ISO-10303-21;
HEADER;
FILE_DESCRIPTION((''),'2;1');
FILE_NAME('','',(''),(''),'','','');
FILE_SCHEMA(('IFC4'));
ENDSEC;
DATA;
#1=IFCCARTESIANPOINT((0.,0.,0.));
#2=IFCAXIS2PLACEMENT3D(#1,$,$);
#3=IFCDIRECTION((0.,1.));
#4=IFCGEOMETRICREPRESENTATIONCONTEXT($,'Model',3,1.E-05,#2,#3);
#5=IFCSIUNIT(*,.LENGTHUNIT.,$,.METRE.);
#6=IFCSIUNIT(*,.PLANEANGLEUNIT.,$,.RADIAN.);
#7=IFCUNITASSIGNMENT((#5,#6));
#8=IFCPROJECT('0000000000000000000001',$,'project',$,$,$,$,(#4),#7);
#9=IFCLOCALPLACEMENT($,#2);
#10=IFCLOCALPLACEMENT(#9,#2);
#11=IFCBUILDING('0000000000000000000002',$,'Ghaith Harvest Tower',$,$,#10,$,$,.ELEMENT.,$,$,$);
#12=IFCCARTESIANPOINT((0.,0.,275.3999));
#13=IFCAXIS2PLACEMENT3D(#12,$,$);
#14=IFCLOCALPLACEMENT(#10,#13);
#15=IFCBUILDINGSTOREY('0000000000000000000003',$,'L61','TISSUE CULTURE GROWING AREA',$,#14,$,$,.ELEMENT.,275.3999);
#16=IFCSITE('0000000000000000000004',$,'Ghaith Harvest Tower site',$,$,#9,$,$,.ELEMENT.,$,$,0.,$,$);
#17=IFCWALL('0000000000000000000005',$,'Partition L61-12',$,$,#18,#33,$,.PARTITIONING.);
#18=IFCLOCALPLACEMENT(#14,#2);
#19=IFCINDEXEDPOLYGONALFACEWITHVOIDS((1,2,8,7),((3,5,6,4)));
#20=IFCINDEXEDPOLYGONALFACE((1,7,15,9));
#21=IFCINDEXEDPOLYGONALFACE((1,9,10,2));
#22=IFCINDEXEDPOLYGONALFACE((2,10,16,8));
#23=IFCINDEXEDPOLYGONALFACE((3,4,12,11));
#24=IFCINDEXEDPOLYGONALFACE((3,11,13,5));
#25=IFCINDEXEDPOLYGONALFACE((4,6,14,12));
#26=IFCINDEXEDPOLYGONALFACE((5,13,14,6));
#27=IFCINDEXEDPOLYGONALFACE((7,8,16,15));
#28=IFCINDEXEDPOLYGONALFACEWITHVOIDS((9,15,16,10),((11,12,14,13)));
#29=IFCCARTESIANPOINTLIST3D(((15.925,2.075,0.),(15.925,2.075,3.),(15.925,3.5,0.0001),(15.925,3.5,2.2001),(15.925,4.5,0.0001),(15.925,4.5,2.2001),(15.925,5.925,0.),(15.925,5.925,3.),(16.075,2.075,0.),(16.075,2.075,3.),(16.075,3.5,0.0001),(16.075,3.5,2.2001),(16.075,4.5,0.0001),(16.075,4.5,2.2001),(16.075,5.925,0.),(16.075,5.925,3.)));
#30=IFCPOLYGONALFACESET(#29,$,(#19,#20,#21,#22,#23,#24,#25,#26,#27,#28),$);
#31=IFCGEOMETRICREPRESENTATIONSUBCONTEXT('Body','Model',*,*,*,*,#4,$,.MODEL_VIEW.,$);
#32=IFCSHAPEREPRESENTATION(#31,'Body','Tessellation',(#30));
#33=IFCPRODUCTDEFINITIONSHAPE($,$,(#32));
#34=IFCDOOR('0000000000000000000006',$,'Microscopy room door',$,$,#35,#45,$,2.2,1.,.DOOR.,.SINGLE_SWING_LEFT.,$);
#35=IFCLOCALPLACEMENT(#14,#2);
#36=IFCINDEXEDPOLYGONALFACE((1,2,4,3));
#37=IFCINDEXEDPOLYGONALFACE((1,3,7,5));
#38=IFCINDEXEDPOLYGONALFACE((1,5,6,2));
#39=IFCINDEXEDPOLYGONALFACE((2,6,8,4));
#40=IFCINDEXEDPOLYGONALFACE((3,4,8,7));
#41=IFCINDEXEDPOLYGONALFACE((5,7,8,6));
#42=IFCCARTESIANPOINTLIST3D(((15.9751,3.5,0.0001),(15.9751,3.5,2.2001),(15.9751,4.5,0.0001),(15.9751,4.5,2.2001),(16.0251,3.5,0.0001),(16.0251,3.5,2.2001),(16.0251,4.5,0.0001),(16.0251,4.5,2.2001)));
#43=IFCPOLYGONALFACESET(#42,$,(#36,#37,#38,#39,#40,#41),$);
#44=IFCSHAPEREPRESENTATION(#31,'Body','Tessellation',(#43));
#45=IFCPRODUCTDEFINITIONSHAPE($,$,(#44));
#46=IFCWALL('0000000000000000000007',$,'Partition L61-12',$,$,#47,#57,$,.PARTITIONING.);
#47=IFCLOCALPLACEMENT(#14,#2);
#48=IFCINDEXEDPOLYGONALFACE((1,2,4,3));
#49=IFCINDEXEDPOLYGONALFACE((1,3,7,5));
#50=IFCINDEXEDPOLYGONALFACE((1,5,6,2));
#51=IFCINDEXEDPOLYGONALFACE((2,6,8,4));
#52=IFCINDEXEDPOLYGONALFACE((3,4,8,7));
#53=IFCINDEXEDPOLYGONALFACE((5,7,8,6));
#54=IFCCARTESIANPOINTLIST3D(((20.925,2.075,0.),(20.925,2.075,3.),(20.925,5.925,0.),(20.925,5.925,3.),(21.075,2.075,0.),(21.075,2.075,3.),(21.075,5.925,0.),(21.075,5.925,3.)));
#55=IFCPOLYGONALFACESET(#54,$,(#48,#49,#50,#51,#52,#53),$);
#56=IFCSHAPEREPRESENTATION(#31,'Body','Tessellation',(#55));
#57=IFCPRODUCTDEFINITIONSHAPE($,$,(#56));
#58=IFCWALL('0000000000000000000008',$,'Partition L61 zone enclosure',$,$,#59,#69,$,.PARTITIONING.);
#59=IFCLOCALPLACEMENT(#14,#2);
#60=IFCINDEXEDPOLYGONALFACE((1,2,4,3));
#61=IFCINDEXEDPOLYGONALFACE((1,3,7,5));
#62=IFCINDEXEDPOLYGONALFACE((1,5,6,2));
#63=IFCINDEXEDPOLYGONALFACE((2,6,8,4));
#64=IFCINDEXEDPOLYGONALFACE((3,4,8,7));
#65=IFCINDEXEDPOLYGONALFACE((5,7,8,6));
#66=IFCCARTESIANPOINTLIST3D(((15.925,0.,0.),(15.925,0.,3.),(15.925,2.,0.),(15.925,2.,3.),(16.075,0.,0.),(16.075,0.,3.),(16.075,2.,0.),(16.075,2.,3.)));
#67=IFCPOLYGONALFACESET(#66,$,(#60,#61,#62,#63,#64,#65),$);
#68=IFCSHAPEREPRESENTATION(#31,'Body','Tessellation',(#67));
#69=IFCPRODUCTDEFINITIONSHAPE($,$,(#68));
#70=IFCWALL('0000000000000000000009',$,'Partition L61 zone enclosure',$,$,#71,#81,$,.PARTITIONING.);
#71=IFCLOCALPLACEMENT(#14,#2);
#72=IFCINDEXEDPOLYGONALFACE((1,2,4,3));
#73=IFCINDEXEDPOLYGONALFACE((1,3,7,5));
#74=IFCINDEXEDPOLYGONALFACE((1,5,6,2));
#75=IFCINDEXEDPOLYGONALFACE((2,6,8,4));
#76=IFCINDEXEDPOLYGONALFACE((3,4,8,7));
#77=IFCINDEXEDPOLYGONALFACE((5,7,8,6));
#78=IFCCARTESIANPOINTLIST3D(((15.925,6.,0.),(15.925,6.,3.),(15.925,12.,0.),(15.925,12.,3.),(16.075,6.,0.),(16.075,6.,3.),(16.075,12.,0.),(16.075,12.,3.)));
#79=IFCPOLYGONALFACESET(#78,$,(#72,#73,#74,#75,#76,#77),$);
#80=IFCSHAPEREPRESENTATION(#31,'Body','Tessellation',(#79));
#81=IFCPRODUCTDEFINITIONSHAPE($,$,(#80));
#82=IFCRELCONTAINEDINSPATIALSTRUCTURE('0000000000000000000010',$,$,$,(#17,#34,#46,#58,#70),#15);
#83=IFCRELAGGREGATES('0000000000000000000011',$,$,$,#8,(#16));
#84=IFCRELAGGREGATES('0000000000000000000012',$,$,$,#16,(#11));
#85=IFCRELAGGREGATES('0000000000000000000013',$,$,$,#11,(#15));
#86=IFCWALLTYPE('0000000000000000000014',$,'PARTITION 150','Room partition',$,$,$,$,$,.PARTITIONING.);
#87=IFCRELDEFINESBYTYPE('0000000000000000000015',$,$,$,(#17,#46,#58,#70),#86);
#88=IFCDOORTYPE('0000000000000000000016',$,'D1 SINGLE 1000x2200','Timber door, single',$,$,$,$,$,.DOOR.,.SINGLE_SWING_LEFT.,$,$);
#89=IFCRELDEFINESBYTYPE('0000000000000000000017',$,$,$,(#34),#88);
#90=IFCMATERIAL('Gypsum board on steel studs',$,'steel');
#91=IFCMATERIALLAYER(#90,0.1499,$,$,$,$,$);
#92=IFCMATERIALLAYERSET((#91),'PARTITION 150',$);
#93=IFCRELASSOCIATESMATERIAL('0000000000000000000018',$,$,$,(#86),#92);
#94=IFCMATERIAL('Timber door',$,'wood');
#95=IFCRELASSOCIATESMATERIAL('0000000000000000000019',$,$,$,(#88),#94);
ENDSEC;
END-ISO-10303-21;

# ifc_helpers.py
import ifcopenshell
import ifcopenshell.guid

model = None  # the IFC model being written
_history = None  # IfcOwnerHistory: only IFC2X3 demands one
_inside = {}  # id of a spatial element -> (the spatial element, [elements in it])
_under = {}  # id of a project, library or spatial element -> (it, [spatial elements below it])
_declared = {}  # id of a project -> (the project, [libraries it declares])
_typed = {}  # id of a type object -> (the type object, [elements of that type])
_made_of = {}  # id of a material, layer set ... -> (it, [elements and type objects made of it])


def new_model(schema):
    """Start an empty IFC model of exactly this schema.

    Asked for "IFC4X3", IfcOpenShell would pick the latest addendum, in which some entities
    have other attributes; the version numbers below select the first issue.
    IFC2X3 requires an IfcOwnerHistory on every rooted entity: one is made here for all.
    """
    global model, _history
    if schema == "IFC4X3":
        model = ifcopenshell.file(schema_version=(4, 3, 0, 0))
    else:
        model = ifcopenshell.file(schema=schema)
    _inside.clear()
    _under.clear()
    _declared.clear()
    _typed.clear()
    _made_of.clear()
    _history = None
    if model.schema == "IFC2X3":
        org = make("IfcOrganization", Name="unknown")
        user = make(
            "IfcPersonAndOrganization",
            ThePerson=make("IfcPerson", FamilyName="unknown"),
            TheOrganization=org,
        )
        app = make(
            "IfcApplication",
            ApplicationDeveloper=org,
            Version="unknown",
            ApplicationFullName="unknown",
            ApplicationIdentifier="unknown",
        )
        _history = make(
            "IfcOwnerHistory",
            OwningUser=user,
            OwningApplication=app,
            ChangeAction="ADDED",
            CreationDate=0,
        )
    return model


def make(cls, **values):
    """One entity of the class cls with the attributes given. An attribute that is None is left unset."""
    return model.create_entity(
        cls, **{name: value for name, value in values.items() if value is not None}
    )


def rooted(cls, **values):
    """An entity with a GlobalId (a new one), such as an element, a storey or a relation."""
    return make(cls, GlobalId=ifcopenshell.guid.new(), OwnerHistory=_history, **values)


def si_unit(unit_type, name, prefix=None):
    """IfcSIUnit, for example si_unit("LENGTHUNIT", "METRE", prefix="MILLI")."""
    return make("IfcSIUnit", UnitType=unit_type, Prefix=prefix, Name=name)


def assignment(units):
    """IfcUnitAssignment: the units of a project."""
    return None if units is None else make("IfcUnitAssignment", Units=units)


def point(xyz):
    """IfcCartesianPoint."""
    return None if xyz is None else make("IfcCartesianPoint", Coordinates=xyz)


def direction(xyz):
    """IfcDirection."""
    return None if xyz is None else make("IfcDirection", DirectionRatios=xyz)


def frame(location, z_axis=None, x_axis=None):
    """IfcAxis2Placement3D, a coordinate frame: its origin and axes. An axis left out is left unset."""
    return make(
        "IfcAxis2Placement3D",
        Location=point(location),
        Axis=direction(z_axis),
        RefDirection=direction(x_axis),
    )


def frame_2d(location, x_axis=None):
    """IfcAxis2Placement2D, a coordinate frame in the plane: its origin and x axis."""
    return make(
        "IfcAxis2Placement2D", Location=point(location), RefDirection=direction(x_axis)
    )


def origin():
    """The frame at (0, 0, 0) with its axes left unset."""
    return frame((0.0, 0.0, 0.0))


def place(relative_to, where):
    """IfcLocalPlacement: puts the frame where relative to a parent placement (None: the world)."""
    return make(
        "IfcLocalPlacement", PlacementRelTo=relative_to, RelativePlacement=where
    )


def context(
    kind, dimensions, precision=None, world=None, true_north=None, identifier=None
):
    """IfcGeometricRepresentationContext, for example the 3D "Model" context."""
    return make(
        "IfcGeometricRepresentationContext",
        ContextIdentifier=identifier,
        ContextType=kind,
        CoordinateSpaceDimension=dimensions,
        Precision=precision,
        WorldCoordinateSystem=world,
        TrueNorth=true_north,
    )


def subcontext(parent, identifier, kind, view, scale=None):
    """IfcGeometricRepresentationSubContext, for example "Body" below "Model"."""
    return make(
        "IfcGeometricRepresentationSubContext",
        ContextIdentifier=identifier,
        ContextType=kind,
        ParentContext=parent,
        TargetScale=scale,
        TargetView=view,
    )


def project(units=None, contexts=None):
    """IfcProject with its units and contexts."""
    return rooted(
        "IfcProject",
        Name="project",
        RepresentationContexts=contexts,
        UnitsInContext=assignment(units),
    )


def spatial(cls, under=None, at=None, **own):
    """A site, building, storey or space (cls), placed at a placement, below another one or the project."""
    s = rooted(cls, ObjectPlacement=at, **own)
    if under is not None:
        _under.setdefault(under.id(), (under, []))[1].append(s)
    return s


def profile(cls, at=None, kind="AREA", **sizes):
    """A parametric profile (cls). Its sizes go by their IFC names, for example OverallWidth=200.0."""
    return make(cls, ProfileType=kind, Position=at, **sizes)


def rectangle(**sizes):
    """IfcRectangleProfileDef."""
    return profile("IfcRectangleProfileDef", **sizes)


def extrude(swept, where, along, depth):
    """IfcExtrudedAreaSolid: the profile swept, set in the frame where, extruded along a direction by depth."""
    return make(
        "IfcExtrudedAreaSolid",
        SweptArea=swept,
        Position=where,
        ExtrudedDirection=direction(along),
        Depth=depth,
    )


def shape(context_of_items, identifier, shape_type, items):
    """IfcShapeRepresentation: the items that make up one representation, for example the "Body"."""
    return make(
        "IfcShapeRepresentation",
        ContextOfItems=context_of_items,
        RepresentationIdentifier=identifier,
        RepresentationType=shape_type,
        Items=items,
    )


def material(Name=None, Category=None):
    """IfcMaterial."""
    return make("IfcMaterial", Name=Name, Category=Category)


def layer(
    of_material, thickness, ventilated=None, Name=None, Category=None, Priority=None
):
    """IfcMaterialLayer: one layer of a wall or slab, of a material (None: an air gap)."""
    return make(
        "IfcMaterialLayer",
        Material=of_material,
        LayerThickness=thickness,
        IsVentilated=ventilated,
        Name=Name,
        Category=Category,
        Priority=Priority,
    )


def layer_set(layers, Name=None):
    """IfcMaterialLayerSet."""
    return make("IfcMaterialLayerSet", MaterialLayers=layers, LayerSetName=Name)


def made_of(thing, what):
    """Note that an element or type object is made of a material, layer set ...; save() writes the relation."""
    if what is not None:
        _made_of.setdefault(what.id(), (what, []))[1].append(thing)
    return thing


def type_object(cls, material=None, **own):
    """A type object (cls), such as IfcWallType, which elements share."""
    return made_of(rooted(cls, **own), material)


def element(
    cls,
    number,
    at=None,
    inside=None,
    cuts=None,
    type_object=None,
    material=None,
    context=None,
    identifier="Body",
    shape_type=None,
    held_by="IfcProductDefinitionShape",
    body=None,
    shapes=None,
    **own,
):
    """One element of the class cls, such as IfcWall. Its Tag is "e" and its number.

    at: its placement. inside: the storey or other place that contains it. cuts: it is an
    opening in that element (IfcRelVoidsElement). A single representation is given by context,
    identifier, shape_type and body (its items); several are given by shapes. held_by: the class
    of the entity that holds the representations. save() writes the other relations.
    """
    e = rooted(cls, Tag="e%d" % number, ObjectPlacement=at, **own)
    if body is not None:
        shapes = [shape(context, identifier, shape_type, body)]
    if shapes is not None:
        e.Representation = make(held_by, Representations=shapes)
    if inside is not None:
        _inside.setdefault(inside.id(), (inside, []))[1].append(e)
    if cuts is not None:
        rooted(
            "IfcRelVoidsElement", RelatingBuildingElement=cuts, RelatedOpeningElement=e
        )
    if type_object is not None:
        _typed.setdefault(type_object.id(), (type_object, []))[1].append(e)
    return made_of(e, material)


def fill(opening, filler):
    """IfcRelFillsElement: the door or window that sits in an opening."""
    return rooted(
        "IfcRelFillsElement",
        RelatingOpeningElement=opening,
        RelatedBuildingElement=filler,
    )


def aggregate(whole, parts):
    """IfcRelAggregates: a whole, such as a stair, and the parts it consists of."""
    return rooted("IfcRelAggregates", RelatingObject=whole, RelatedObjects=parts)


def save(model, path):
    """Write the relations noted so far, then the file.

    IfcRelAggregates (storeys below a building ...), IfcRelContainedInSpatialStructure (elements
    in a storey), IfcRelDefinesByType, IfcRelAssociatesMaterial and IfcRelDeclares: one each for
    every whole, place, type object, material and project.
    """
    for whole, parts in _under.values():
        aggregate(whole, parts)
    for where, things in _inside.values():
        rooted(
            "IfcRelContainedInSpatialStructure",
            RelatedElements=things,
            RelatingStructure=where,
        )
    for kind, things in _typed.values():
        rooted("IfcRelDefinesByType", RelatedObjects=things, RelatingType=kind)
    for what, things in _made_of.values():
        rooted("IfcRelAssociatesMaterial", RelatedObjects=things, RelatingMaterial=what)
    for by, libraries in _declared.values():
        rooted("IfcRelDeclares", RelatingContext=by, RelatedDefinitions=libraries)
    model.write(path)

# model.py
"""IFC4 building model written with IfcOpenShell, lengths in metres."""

from ifc_helpers import new_model, si_unit, direction, frame, frame_2d, origin, place, context, subcontext, project, spatial, rectangle, extrude, material, layer, layer_set, type_object, element, fill, save


model = new_model("IFC4")

# Units and contexts
model_context = context("Model", 3, precision=1e-05, world=origin(), true_north=direction((0.0, 1.0)))
body_context = subcontext(model_context, "Body", "Model", "MODEL_VIEW")
ifc_project = project(units=[si_unit("LENGTHUNIT", "METRE"), si_unit("PLANEANGLEUNIT", "RADIAN")], contexts=[model_context])

# Site, building, storey
site_placement = place(None, origin())
site = spatial("IfcSite", under=ifc_project, at=site_placement, Name="Ghaith Harvest Tower site", CompositionType="ELEMENT", RefElevation=0.0)
building_placement = place(site_placement, origin())
building = spatial("IfcBuilding", under=site, at=building_placement, Name="Ghaith Harvest Tower", CompositionType="ELEMENT")
storey_placement = place(building_placement, frame((0.0, 0.0, 275.3999)))
storey = spatial("IfcBuildingStorey", under=building, at=storey_placement, Name="L61", Description="TISSUE CULTURE GROWING AREA", CompositionType="ELEMENT", Elevation=275.3999)

# Shared definitions
ifc_material_1 = material(Name="Gypsum board on steel studs", Category="steel")
ifc_layer_1 = layer(ifc_material_1, 0.1499)
ifc_layer_set_1 = layer_set([ifc_layer_1], Name="PARTITION 150")
wall_type = type_object("IfcWallType", Name="PARTITION 150", Description="Room partition", PredefinedType="PARTITIONING", material=ifc_layer_set_1)

# Wall, opening, door
wall_1_placement = place(storey_placement, frame((16.0, 2.075, 0.0), z_axis=(0.0, 0.0, 1.0), x_axis=(0.0, 1.0, 0.0)))
wall_1 = element("IfcWall", 1, at=wall_1_placement, inside=storey, type_object=wall_type, Name="Partition L61-12", PredefinedType="PARTITIONING", context=body_context, shape_type="SweptSolid", body=[
    extrude(rectangle(XDim=3.8501, YDim=0.1499, at=frame_2d((1.925, 0.0))), origin(), (0.0, 0.0, 1.0), 3.0),
])
opening_placement = place(wall_1_placement, frame((1.425, 0.0, 0.0)))
opening = element("IfcOpeningElement", 2, at=opening_placement, cuts=wall_1, PredefinedType="OPENING", context=body_context, shape_type="SweptSolid", body=[
    extrude(rectangle(XDim=1.0, YDim=2.2, at=frame_2d((0.5, 1.1001))), frame((0.0, 0.085, 0.0), z_axis=(0.0, -1.0, 0.0), x_axis=(1.0, 0.0, 0.0)), (0.0, 0.0, 1.0), 0.1699),
])
ifc_material_2 = material(Name="Timber door", Category="wood")
door_type = type_object("IfcDoorType", Name="D1 SINGLE 1000x2200", Description="Timber door, single", OperationType="SINGLE_SWING_LEFT", PredefinedType="DOOR", material=ifc_material_2)
door_placement = place(opening_placement, origin())
door = element("IfcDoor", 3, at=door_placement, inside=storey, type_object=door_type, Name="Microscopy room door", OperationType="SINGLE_SWING_LEFT", OverallHeight=2.2, OverallWidth=1.0, PredefinedType="DOOR", context=body_context, shape_type="SweptSolid", body=[
    extrude(rectangle(XDim=1.0, YDim=2.2, at=frame_2d((0.5, 1.1001))), frame((0.0, 0.0249, 0.0), z_axis=(0.0, -1.0, 0.0), x_axis=(1.0, 0.0, 0.0)), (0.0, 0.0, 1.0), 0.05),
])
fill(opening, door)

# Walls
wall_2_placement = place(storey_placement, frame((21.0, 2.075, 0.0), z_axis=(0.0, 0.0, 1.0), x_axis=(0.0, 1.0, 0.0)))
element("IfcWall", 4, at=wall_2_placement, inside=storey, type_object=wall_type, Name="Partition L61-12", PredefinedType="PARTITIONING", context=body_context, shape_type="SweptSolid", body=[
    extrude(rectangle(XDim=3.8501, YDim=0.1499, at=frame_2d((1.925, 0.0))), origin(), (0.0, 0.0, 1.0), 3.0),
])
wall_3_placement = place(storey_placement, frame((16.0, 0.0, 0.0), z_axis=(0.0, 0.0, 1.0), x_axis=(0.0, 1.0, 0.0)))
element("IfcWall", 5, at=wall_3_placement, inside=storey, type_object=wall_type, Name="Partition L61 zone enclosure", PredefinedType="PARTITIONING", context=body_context, shape_type="SweptSolid", body=[
    extrude(rectangle(XDim=2.0, YDim=0.1499, at=frame_2d((1.0, 0.0))), origin(), (0.0, 0.0, 1.0), 3.0),
])
wall_4_placement = place(storey_placement, frame((16.0, 6.0, 0.0), z_axis=(0.0, 0.0, 1.0), x_axis=(0.0, 1.0, 0.0)))
element("IfcWall", 6, at=wall_4_placement, inside=storey, type_object=wall_type, Name="Partition L61 zone enclosure", PredefinedType="PARTITIONING", context=body_context, shape_type="SweptSolid", body=[
    extrude(rectangle(XDim=6.0, YDim=0.1499, at=frame_2d((3.0, 0.0))), origin(), (0.0, 0.0, 1.0), 3.0),
])

save(model, "model.ifc")
